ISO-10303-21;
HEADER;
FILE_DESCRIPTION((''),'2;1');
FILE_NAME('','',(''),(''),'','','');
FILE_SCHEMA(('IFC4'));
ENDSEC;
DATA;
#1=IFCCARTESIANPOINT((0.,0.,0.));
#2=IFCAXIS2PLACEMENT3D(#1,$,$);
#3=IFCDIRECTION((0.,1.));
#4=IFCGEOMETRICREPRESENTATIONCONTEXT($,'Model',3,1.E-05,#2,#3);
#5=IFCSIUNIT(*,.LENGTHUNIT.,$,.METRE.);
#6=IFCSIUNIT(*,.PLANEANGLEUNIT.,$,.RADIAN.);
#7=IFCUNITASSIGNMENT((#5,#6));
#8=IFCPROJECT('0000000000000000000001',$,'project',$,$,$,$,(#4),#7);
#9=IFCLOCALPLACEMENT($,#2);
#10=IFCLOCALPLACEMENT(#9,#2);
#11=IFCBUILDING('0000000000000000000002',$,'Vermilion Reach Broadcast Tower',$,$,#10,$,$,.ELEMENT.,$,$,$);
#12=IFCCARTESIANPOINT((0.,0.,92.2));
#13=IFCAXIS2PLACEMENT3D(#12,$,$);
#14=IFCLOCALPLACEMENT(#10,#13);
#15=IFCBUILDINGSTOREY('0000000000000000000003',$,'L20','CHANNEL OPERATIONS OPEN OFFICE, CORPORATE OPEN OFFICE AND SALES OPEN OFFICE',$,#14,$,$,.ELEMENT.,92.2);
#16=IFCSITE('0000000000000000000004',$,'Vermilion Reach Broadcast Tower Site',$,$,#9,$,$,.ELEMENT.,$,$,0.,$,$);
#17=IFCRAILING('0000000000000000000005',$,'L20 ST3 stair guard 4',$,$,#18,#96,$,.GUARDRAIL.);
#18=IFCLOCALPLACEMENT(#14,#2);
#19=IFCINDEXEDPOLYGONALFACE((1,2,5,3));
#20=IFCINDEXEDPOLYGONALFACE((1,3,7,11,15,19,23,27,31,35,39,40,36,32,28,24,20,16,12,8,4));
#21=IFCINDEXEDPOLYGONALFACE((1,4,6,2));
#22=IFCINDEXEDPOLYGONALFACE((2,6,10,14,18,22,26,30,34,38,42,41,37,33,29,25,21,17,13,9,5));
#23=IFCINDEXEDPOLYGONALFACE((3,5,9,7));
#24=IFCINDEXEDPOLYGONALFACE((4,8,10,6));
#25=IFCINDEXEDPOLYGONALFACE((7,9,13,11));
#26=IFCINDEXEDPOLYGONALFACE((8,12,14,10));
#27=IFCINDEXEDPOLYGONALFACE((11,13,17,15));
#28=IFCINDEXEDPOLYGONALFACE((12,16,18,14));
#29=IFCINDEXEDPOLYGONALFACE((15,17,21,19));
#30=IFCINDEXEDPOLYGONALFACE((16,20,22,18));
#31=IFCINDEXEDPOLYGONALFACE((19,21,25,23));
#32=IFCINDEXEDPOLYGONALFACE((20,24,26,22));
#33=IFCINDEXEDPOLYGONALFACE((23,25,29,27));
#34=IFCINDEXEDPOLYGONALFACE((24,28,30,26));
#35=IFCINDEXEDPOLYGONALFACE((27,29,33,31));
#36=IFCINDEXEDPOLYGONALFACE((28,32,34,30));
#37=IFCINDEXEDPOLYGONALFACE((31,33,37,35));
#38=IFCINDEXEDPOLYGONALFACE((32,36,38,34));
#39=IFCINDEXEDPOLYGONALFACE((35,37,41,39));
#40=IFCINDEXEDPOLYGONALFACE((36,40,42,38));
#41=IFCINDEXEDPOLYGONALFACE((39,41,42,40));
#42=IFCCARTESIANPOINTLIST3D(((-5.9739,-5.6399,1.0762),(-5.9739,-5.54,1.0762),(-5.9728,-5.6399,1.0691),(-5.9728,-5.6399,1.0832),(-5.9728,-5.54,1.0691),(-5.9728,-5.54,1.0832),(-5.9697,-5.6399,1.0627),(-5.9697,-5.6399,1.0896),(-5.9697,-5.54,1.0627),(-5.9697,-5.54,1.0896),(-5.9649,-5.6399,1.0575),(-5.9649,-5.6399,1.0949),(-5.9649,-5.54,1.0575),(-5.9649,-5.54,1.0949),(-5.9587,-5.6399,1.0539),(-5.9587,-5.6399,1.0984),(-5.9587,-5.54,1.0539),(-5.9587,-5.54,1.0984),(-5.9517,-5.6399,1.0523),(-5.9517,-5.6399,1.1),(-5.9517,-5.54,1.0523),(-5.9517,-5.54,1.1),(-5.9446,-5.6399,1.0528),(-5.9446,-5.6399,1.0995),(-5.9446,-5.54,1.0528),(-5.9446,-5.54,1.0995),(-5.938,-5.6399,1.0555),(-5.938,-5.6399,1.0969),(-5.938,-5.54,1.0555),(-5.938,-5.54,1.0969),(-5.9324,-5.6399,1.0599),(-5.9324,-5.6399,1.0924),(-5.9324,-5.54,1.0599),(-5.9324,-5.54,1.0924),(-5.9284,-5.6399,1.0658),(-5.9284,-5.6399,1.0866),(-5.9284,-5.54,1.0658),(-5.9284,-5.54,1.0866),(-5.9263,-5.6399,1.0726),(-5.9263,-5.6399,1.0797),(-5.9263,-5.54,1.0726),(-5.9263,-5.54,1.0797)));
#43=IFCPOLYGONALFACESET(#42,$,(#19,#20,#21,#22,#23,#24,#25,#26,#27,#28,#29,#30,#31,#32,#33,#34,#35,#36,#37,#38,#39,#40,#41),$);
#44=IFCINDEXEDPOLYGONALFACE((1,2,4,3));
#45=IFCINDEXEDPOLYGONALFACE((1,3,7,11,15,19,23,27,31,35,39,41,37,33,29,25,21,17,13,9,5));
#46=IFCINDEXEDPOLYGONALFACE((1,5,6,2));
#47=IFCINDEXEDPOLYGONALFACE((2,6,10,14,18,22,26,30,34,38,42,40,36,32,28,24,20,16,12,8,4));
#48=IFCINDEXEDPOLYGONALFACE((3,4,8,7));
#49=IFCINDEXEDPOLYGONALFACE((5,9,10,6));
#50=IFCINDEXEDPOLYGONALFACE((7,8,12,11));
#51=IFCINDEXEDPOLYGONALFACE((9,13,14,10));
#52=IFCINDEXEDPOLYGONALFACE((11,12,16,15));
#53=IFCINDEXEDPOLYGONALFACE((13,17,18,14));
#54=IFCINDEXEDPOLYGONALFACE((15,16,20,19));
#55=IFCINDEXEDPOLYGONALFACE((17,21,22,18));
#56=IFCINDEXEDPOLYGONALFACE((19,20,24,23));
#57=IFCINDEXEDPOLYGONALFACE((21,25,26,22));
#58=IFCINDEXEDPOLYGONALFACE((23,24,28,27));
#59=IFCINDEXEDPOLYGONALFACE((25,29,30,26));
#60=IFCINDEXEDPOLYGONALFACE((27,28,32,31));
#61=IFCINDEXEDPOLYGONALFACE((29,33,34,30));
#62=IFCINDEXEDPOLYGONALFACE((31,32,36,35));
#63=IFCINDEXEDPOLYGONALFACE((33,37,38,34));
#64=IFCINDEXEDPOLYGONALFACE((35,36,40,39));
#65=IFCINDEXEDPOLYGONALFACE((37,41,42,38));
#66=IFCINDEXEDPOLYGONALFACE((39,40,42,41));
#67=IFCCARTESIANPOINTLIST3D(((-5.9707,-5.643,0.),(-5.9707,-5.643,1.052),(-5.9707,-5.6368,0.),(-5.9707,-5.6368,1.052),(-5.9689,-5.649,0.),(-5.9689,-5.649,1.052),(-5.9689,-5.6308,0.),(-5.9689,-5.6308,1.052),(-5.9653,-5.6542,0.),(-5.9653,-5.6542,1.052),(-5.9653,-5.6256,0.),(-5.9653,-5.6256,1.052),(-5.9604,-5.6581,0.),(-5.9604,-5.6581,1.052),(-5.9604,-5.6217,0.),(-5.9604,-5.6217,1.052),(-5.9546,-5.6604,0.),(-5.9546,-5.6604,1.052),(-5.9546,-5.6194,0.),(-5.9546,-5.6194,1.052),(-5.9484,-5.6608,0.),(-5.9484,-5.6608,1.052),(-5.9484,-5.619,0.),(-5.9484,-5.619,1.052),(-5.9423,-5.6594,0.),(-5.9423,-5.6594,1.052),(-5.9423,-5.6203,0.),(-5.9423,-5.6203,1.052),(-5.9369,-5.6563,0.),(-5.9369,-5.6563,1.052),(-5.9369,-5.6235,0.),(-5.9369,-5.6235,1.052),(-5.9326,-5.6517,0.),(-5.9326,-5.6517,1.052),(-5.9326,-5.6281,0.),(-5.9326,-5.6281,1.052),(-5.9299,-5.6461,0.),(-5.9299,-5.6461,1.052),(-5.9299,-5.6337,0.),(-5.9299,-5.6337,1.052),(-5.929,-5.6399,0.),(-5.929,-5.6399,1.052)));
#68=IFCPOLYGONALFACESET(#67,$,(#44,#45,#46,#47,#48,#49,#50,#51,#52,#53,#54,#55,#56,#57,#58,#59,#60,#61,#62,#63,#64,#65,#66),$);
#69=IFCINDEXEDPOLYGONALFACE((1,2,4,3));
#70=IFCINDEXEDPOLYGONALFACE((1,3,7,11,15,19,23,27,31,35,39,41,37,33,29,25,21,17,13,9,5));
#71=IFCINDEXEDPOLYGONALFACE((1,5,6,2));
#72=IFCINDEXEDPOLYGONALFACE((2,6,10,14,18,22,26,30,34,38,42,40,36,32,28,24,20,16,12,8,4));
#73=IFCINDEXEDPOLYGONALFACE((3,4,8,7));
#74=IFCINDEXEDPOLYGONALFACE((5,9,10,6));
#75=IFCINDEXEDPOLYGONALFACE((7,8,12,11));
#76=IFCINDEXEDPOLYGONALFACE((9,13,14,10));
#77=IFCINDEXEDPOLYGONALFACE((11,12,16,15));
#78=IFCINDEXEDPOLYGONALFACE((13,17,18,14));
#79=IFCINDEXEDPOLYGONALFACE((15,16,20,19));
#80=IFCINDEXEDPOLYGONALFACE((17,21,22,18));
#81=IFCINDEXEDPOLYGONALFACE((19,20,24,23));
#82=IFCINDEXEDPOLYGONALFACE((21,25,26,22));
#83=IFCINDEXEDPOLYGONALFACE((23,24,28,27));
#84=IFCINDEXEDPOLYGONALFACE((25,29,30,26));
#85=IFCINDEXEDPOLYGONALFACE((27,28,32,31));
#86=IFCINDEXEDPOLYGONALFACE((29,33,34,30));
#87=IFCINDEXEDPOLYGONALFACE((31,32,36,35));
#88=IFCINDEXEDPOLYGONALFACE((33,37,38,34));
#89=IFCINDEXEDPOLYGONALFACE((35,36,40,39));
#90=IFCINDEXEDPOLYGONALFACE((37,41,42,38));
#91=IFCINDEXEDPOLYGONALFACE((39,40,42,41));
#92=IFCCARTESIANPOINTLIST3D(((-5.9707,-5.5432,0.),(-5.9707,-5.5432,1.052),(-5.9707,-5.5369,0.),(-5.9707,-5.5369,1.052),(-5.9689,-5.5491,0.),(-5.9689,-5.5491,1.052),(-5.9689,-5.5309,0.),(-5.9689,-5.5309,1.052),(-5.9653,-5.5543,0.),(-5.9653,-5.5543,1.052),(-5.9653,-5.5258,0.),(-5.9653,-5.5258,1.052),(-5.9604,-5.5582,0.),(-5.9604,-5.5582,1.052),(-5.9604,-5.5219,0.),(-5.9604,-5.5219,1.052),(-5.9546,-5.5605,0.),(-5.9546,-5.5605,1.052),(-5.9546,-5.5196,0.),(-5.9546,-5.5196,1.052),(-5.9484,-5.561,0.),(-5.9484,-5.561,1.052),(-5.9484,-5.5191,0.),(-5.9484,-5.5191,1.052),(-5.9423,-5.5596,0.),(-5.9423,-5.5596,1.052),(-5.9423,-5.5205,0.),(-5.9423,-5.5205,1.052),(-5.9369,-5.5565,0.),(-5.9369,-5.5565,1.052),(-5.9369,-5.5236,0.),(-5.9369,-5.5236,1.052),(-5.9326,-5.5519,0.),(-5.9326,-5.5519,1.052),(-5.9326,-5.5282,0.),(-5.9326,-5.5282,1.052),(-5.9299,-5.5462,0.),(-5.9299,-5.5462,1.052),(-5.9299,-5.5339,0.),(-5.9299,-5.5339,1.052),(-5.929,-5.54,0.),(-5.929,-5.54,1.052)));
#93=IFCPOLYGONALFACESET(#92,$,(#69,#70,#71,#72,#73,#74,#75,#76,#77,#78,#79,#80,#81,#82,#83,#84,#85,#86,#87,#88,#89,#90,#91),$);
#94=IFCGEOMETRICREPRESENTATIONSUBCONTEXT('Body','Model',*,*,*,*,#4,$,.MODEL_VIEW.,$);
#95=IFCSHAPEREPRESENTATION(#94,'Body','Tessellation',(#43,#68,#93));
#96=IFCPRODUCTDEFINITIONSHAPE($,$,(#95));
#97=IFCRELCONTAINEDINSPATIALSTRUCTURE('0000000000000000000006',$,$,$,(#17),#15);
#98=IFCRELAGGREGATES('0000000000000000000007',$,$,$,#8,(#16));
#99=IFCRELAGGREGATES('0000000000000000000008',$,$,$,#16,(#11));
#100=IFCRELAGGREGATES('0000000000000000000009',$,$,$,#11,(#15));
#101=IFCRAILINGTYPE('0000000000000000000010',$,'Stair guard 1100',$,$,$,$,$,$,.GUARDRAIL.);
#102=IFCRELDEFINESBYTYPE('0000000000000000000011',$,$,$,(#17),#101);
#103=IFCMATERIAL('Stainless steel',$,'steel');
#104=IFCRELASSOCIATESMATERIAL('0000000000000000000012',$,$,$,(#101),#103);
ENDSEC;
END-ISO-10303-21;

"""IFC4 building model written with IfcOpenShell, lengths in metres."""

from ifc_helpers import new_model, si_unit, direction, frame, origin, origin_2d, place, context, subcontext, project, spatial, circle, extrude, material, type_object, element, save


model = new_model("IFC4")

# Units and contexts
model_context = context("Model", 3, precision=1e-05, world=origin(), true_north=direction((0.0, 1.0)))
body_context = subcontext(model_context, "Body", "Model", "MODEL_VIEW")
ifc_project = project(units=[si_unit("LENGTHUNIT", "METRE"), si_unit("PLANEANGLEUNIT", "RADIAN")], contexts=[model_context])

# Site, building, storey
site_placement = place(None, origin())
site = spatial("IfcSite", under=ifc_project, at=site_placement, Name="Vermilion Reach Broadcast Tower Site", CompositionType="ELEMENT", RefElevation=0.0)
building_placement = place(site_placement, origin())
building = spatial("IfcBuilding", under=site, at=building_placement, Name="Vermilion Reach Broadcast Tower", CompositionType="ELEMENT")
storey_placement = place(building_placement, frame((0.0, 0.0, 92.2)))
storey = spatial("IfcBuildingStorey", under=building, at=storey_placement, Name="L20", Description="CHANNEL OPERATIONS OPEN OFFICE, CORPORATE OPEN OFFICE AND SALES OPEN OFFICE", CompositionType="ELEMENT", Elevation=92.2)

# Railing
ifc_material_1 = material(Name="Stainless steel", Category="steel")
railing_type_1 = type_object("IfcRailingType", Name="Stair guard 1100", PredefinedType="GUARDRAIL", material=ifc_material_1)
railing_1_placement = place(storey_placement, frame((-5.95, -5.6399, 0.0)))
element("IfcRailing", 1, at=railing_1_placement, inside=storey, type_object=railing_type_1, Name="L20 ST3 stair guard 4", PredefinedType="GUARDRAIL", context=body_context, shape_type="SweptSolid", body=[
    extrude(circle(Radius=0.0239, at=origin_2d()), frame((0.0, 0.0, 1.0762), z_axis=(0.0, 1.0, 0.0), x_axis=(-1.0, 0.0, 0.0)), (0.0, 0.0, 1.0), 0.0999),
    extrude(circle(Radius=0.021, at=origin_2d()), origin(), (0.0, 0.0, 1.0), 1.052),
    extrude(circle(Radius=0.021, at=origin_2d()), frame((0.0, 0.0999, 0.0)), (0.0, 0.0, 1.0), 1.052),
])

save(model, "model.ifc")
